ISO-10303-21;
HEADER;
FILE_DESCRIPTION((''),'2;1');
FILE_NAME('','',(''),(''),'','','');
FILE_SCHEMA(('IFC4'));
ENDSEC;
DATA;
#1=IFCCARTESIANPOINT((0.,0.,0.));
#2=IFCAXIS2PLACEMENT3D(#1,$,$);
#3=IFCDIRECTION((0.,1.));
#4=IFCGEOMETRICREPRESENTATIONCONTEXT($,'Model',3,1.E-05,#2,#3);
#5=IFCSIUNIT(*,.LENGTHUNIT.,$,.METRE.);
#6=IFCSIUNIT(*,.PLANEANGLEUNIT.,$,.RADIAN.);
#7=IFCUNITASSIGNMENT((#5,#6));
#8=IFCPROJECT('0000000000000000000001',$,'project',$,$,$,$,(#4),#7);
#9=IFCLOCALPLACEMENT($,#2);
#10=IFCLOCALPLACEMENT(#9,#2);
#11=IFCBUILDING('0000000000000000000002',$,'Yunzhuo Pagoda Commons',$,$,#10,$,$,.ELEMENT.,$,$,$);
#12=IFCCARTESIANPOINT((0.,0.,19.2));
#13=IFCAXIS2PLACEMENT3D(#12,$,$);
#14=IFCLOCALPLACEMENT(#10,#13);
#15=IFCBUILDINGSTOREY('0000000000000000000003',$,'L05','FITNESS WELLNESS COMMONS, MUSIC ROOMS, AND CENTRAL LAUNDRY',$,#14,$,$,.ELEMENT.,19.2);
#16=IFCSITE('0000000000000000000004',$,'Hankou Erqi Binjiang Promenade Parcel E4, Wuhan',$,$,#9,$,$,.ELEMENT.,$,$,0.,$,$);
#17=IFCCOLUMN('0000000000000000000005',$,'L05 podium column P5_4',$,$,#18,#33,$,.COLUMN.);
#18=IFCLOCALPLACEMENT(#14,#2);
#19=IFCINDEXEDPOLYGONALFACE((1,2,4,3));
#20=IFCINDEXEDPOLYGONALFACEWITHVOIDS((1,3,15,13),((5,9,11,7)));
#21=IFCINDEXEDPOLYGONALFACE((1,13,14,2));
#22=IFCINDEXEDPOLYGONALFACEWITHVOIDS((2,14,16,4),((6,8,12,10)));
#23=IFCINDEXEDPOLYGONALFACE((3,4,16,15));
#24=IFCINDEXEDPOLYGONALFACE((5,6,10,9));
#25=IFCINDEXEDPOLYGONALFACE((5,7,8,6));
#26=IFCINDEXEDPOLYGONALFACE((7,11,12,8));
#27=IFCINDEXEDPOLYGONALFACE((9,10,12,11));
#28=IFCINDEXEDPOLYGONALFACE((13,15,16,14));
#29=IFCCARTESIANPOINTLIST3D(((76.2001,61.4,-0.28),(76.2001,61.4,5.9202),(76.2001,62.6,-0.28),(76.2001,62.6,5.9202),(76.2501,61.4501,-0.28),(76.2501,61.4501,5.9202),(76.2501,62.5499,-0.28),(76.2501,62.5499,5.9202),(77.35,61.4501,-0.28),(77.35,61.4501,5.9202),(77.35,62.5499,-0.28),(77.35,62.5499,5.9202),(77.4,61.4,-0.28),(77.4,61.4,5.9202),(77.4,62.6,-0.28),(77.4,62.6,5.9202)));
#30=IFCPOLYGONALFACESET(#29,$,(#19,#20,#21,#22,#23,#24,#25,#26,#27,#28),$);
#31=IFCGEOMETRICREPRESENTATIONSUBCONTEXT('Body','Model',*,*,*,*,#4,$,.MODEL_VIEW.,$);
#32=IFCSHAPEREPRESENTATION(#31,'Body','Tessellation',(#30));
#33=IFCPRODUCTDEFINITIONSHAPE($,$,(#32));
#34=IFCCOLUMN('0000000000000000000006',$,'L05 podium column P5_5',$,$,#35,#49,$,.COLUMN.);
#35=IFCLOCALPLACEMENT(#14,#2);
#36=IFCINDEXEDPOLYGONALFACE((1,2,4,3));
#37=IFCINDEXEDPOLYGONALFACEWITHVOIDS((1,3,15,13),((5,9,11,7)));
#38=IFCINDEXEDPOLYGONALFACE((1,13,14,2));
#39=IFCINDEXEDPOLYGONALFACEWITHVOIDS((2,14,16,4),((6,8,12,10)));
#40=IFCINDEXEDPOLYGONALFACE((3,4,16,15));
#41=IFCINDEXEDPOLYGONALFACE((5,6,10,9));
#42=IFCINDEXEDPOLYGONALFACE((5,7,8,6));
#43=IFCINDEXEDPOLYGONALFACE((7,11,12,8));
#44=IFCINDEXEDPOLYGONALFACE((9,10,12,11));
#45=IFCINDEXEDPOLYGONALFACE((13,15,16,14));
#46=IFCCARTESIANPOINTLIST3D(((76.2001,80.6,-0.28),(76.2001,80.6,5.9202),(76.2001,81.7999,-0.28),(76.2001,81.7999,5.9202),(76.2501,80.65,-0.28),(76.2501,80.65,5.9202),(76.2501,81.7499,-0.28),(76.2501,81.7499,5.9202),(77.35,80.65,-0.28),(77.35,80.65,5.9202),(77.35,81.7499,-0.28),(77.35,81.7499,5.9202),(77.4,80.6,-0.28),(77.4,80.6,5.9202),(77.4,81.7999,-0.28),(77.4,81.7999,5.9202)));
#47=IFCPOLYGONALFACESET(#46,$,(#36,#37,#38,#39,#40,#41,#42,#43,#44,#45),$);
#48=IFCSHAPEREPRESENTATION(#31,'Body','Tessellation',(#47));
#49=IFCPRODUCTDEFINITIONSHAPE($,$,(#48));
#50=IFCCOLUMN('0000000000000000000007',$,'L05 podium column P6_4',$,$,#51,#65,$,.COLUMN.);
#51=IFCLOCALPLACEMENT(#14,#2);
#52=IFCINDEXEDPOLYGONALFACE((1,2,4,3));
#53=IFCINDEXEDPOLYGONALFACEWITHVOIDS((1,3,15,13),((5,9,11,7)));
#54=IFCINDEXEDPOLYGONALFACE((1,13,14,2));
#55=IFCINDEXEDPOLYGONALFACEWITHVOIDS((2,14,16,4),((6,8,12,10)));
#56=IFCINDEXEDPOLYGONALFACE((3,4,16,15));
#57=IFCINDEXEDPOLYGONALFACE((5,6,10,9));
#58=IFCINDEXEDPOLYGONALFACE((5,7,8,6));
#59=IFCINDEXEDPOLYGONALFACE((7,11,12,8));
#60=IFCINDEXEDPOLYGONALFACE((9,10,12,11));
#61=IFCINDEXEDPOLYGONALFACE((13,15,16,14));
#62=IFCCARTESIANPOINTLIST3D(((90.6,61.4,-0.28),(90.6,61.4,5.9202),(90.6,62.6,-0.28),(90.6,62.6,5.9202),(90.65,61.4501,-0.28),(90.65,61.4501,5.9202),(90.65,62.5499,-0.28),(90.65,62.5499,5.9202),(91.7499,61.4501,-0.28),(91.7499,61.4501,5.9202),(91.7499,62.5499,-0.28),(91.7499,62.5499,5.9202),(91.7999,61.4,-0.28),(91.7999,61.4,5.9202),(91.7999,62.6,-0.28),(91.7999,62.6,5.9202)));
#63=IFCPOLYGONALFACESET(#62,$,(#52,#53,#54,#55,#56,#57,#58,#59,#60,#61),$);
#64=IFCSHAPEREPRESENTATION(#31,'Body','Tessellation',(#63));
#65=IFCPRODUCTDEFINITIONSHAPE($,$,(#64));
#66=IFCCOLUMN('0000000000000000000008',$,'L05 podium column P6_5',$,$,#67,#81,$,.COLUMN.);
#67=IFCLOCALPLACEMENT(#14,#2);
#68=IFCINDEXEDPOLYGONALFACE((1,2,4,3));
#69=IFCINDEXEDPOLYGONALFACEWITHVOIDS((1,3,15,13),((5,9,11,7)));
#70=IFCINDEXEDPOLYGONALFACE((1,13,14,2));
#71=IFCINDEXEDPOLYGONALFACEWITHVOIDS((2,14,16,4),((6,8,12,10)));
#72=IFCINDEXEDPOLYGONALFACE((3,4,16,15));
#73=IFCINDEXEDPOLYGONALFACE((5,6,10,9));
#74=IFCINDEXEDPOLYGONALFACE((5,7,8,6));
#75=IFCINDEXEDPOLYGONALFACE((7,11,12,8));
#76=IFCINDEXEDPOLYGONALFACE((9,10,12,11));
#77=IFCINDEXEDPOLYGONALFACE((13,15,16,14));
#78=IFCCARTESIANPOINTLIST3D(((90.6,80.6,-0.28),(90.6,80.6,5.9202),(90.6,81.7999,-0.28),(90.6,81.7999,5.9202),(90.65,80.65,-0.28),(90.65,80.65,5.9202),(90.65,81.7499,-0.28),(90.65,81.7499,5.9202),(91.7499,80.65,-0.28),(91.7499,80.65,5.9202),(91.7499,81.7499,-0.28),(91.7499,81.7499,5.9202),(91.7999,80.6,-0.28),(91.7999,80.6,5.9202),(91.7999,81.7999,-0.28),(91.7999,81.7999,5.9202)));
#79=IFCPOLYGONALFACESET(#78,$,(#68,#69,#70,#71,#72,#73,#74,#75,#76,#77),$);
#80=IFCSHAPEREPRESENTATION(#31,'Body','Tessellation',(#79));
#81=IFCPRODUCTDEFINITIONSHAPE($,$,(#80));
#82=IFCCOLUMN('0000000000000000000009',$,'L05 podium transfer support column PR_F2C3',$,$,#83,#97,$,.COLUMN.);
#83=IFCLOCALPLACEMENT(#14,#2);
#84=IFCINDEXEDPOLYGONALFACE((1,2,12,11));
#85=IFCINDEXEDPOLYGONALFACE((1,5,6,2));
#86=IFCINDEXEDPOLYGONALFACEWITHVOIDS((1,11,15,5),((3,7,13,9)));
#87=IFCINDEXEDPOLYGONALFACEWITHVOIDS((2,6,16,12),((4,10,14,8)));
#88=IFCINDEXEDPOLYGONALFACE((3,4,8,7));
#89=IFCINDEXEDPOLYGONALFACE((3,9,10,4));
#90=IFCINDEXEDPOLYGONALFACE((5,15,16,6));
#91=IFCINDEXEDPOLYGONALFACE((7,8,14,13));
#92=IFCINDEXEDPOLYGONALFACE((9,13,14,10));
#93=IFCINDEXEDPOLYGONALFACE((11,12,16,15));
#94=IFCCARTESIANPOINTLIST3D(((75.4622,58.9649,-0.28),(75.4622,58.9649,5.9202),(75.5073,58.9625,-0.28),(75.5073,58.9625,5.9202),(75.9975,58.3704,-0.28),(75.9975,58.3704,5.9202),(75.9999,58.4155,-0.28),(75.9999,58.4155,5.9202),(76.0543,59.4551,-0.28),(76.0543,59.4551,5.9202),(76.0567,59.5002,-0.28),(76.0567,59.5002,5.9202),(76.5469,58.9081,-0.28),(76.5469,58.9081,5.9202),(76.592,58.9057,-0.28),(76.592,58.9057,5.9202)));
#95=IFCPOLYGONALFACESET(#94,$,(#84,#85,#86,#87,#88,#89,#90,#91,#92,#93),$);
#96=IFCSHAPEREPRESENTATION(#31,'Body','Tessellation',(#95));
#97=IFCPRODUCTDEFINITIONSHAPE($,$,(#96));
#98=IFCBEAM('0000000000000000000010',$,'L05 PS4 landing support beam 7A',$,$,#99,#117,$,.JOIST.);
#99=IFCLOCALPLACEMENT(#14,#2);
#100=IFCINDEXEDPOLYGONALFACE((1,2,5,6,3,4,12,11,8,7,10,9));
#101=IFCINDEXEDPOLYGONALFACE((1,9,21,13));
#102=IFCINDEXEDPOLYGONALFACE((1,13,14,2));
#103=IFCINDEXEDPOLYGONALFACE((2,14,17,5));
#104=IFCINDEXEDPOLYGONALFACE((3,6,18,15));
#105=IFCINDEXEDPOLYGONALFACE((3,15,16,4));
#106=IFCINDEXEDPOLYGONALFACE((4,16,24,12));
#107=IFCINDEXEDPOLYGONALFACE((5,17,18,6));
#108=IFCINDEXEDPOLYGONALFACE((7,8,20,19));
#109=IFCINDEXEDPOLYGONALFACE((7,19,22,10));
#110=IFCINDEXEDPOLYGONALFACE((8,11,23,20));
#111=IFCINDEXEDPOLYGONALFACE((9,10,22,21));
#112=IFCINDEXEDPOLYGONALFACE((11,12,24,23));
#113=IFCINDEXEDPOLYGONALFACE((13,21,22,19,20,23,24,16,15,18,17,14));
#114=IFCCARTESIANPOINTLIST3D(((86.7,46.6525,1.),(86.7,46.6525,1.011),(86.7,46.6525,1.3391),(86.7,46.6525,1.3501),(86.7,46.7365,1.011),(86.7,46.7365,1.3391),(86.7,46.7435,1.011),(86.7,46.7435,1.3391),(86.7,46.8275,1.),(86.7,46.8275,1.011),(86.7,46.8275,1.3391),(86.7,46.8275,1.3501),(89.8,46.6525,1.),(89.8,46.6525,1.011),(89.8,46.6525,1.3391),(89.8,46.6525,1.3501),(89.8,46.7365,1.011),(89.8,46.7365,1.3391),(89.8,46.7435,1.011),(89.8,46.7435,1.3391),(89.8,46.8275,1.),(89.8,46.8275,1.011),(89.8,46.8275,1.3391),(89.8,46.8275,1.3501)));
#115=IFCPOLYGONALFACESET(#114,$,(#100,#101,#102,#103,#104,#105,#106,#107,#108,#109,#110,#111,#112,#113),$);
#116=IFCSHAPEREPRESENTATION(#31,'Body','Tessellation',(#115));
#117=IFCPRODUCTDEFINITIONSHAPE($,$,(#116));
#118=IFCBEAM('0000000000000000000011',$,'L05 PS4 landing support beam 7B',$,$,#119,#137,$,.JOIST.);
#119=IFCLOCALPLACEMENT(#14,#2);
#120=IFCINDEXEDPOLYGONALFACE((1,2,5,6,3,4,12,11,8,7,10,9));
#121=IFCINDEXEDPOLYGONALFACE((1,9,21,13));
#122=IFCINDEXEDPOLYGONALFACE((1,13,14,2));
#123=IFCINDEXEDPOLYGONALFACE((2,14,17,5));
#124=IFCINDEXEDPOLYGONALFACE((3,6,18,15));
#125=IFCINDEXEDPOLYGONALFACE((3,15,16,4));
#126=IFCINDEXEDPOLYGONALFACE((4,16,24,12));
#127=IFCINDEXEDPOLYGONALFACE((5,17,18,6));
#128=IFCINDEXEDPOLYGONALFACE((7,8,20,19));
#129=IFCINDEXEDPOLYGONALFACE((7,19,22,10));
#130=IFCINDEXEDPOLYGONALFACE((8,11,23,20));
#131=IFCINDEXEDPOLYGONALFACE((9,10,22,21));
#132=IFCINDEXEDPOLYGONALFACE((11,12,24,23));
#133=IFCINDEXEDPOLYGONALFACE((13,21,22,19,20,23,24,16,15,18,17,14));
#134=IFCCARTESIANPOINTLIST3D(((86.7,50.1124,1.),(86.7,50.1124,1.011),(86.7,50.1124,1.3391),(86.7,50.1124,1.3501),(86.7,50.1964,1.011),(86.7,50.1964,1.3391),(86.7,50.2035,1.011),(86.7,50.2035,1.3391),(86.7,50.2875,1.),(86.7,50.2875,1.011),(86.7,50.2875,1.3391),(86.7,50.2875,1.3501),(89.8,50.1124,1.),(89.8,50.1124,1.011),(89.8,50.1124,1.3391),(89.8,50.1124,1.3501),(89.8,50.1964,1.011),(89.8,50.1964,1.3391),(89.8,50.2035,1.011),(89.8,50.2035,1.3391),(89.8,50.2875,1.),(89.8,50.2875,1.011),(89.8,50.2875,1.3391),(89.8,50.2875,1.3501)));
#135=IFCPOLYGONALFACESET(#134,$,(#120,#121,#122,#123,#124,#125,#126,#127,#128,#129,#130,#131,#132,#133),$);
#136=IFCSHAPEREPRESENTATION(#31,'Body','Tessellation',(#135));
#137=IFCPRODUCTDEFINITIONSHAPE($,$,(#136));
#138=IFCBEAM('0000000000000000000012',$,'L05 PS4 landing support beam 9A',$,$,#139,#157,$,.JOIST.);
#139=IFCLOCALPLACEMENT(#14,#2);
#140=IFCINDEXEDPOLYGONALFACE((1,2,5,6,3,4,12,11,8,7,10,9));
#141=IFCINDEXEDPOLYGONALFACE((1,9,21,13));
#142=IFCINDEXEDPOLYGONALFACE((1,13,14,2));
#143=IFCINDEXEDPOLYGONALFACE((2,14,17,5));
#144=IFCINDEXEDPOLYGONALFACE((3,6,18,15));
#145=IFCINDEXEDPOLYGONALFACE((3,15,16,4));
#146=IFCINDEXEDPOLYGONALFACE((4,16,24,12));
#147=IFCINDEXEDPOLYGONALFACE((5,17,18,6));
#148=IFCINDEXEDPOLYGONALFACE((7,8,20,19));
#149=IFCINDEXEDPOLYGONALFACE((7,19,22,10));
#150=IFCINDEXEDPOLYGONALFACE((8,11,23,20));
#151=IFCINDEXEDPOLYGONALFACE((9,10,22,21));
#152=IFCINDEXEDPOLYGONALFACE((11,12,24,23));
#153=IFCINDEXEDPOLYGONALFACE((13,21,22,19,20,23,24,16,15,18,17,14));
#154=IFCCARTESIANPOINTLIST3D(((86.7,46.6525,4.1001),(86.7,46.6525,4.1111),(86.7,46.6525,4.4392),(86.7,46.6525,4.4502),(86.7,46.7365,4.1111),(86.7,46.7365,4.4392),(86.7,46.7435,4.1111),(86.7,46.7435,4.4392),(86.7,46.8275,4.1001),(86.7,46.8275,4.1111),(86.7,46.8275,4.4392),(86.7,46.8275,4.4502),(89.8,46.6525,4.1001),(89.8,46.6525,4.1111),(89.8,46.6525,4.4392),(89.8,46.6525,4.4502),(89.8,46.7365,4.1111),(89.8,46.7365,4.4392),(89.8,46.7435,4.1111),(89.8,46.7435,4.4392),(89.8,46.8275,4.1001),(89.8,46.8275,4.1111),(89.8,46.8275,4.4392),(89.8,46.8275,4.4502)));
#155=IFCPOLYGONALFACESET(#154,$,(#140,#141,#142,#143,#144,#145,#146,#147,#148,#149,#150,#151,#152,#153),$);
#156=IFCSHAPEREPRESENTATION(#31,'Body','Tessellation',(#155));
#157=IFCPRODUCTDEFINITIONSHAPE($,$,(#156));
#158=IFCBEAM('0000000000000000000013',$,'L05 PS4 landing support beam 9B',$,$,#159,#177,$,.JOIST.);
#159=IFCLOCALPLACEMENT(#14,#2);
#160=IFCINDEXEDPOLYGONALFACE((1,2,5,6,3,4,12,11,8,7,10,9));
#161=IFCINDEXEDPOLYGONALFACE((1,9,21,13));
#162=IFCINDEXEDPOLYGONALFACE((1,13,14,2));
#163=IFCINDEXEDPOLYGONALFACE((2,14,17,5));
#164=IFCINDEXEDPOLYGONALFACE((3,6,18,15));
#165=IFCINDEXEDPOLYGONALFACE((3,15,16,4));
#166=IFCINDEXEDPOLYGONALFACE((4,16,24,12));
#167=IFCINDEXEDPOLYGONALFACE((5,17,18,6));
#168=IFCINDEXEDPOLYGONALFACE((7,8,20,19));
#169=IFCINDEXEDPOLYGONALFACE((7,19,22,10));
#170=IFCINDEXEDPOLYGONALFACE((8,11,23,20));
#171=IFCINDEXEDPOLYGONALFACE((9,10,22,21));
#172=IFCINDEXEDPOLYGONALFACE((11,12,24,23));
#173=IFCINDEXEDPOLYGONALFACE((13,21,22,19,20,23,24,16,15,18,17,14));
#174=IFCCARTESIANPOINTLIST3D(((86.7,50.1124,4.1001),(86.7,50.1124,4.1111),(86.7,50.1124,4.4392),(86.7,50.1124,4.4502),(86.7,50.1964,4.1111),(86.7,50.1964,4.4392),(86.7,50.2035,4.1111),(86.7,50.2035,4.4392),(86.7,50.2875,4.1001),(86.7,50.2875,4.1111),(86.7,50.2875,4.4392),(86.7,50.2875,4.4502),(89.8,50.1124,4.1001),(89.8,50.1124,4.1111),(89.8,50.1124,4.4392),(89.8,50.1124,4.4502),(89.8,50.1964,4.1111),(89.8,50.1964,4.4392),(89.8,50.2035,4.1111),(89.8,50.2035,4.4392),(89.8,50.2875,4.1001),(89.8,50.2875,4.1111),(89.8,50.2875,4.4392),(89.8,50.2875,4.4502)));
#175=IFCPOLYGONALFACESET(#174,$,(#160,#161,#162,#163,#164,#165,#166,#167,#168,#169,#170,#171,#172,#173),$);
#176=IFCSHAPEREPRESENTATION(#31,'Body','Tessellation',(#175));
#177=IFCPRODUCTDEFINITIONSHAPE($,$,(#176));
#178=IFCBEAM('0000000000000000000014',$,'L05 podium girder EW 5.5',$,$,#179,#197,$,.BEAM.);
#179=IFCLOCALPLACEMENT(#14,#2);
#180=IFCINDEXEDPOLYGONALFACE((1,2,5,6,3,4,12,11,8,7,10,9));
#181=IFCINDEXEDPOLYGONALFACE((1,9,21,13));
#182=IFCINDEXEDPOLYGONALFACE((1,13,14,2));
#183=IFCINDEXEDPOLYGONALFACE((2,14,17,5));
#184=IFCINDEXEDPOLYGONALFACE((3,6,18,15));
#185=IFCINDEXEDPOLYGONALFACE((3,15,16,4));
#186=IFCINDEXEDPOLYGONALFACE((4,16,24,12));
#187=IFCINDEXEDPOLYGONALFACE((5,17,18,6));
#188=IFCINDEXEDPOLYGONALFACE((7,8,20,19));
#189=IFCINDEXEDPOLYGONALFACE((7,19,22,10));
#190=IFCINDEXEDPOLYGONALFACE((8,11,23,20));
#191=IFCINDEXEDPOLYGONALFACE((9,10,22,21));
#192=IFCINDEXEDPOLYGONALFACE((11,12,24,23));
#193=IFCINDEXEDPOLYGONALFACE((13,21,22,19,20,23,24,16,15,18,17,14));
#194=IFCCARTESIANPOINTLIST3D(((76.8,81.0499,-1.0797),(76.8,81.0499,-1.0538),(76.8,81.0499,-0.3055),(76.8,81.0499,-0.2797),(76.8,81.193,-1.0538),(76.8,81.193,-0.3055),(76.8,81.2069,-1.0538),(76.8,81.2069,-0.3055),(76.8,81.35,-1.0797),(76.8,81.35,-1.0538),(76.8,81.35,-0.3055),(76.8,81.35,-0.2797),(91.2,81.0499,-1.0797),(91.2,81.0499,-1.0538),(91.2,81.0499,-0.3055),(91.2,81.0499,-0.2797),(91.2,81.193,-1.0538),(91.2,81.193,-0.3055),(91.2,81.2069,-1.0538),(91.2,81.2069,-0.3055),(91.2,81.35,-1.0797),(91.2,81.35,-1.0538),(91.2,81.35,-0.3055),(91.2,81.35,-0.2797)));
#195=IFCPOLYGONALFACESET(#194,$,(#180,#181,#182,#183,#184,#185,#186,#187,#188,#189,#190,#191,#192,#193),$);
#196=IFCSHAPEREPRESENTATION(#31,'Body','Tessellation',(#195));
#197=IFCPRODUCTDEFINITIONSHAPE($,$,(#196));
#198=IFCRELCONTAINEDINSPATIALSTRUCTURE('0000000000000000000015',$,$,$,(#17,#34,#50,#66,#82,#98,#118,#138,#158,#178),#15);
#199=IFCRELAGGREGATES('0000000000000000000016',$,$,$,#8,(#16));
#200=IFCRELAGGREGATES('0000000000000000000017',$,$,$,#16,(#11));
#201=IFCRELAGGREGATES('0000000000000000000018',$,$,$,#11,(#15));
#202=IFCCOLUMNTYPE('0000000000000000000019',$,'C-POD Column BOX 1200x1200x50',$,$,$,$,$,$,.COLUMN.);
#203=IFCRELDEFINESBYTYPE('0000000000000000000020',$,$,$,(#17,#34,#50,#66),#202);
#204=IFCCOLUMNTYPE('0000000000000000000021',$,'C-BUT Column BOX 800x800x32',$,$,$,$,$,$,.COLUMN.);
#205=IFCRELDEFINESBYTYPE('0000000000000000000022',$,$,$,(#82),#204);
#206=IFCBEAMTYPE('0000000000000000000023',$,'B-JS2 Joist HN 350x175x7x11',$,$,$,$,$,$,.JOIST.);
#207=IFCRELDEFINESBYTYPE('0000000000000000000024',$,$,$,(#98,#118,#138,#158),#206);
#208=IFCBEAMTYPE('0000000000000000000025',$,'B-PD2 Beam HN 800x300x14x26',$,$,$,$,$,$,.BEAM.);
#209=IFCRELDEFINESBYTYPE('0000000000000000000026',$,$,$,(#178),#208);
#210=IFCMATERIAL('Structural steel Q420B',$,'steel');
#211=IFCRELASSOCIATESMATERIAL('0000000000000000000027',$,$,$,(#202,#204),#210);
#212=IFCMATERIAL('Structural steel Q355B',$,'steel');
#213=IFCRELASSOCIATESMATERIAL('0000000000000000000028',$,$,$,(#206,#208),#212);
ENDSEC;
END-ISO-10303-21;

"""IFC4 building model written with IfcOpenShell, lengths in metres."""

from ifc_helpers import new_model, si_unit, direction, frame, origin, origin_2d, place, context, subcontext, project, spatial, hollow_rectangle, i_section, extrude, source, transform, mapped, material, material_profile, profile_set, type_object, element, save


model = new_model("IFC4")

# Units and contexts
model_context = context("Model", 3, precision=1e-05, world=origin(), true_north=direction((0.0, 1.0)))
body_context = subcontext(model_context, "Body", "Model", "MODEL_VIEW")
ifc_project = project(units=[si_unit("LENGTHUNIT", "METRE"), si_unit("PLANEANGLEUNIT", "RADIAN")], contexts=[model_context])

# Site, building, storey
site_placement = place(None, origin())
site = spatial("IfcSite", under=ifc_project, at=site_placement, Name="Hankou Erqi Binjiang Promenade Parcel E4, Wuhan", CompositionType="ELEMENT", RefElevation=0.0)
building_placement = place(site_placement, origin())
building = spatial("IfcBuilding", under=site, at=building_placement, Name="Yunzhuo Pagoda Commons", CompositionType="ELEMENT")
storey_placement = place(building_placement, frame((0.0, 0.0, 19.2)))
storey = spatial("IfcBuildingStorey", under=building, at=storey_placement, Name="L05", Description="FITNESS WELLNESS COMMONS, MUSIC ROOMS, AND CENTRAL LAUNDRY", CompositionType="ELEMENT", Elevation=19.2)

# Columns
ifc_material_1 = material(Name="Structural steel Q420B", Category="steel")
ifc_material_profile_1 = material_profile(ifc_material_1, hollow_rectangle(XDim=1.2, YDim=1.2, WallThickness=0.05, at=origin_2d()), Name="Structural steel Q420B")
ifc_profile_set_1 = profile_set([ifc_material_profile_1], Name="Structural steel Q420B")
column_type_1 = type_object("IfcColumnType", Name="C-POD Column BOX 1200x1200x50", PredefinedType="COLUMN", material=ifc_profile_set_1)
shared_shape_1 = source(origin(), body_context, "Body", "SweptSolid", [
    extrude(hollow_rectangle(XDim=1.2, YDim=1.2, WallThickness=0.05, at=origin_2d()), origin(), (0.0, 0.0, 1.0), 6.2002),
])
for number, where, z_axis, x_axis, name in (
    (1, (76.8, 62.0, -0.28), (0.0, 0.0, 1.0), (1.0, 0.0, 0.0), "L05 podium column P5_4"),
    (2, (76.8, 81.2, -0.28), (0.0, 0.0, 1.0), (1.0, 0.0, 0.0), "L05 podium column P5_5"),
    (3, (91.2, 62.0, -0.28), (0.0, 0.0, 1.0), (1.0, 0.0, 0.0), "L05 podium column P6_4"),
    (4, (91.2, 81.2, -0.28), (0.0, 0.0, 1.0), (1.0, 0.0, 0.0), "L05 podium column P6_5"),
):
    element("IfcColumn", number, at=place(storey_placement, frame(where, z_axis=z_axis, x_axis=x_axis)), inside=storey, type_object=column_type_1, Name=name, PredefinedType="COLUMN", context=body_context, shape_type="MappedRepresentation", body=[
        mapped(shared_shape_1, transform((0.0, 0.0, 0.0), scale=1.0)),
    ])
ifc_material_profile_2 = material_profile(ifc_material_1, hollow_rectangle(XDim=0.8, YDim=0.8, WallThickness=0.032, at=origin_2d()), Name="Structural steel Q420B")
ifc_profile_set_2 = profile_set([ifc_material_profile_2], Name="Structural steel Q420B")
column_type_2 = type_object("IfcColumnType", Name="C-BUT Column BOX 800x800x32", PredefinedType="COLUMN", material=ifc_profile_set_2)
shared_shape_2 = source(origin(), body_context, "Body", "SweptSolid", [
    extrude(hollow_rectangle(XDim=0.8, YDim=0.8, WallThickness=0.032, at=origin_2d()), origin(), (0.0, 0.0, 1.0), 6.2002),
])
column_placement = place(storey_placement, frame((76.0271, 58.9353, -0.28), z_axis=(0.0, 0.0, 1.0), x_axis=(-0.669131, 0.743145, 0.0)))
element("IfcColumn", 5, at=column_placement, inside=storey, type_object=column_type_2, Name="L05 podium transfer support column PR_F2C3", PredefinedType="COLUMN", context=body_context, shape_type="MappedRepresentation", body=[
    mapped(shared_shape_2, transform((0.0, 0.0, 0.0), scale=1.0)),
])

# Beams
ifc_material_2 = material(Name="Structural steel Q355B", Category="steel")
ifc_material_profile_3 = material_profile(ifc_material_2, i_section(OverallWidth=0.175, OverallDepth=0.3501, WebThickness=0.0071, FlangeThickness=0.011, at=origin_2d()), Name="Structural steel Q355B")
ifc_profile_set_3 = profile_set([ifc_material_profile_3], Name="Structural steel Q355B")
beam_type_1 = type_object("IfcBeamType", Name="B-JS2 Joist HN 350x175x7x11", PredefinedType="JOIST", material=ifc_profile_set_3)
shared_shape_3 = source(origin(), body_context, "Body", "SweptSolid", [
    extrude(i_section(OverallWidth=0.175, OverallDepth=0.3501, WebThickness=0.0071, FlangeThickness=0.011, at=origin_2d()), origin(), (0.0, 0.0, 1.0), 3.1001),
])
for number, where, z_axis, x_axis, name in (
    (6, (86.7, 46.74, 1.175), (1.0, 0.0, 0.0), (0.0, 1.0, 0.0), "L05 PS4 landing support beam 7A"),
    (7, (86.7, 50.2, 1.175), (1.0, 0.0, 0.0), (0.0, 1.0, 0.0), "L05 PS4 landing support beam 7B"),
    (8, (86.7, 46.74, 4.2751), (1.0, 0.0, 0.0), (0.0, 1.0, 0.0), "L05 PS4 landing support beam 9A"),
    (9, (86.7, 50.2, 4.2751), (1.0, 0.0, 0.0), (0.0, 1.0, 0.0), "L05 PS4 landing support beam 9B"),
):
    element("IfcBeam", number, at=place(storey_placement, frame(where, z_axis=z_axis, x_axis=x_axis)), inside=storey, type_object=beam_type_1, Name=name, PredefinedType="JOIST", context=body_context, shape_type="MappedRepresentation", body=[
        mapped(shared_shape_3, transform((0.0, 0.0, 0.0), scale=1.0)),
    ])
ifc_material_profile_4 = material_profile(ifc_material_2, i_section(OverallWidth=0.3, OverallDepth=0.8, WebThickness=0.0139, FlangeThickness=0.0259, at=origin_2d()), Name="Structural steel Q355B")
ifc_profile_set_4 = profile_set([ifc_material_profile_4], Name="Structural steel Q355B")
beam_type_2 = type_object("IfcBeamType", Name="B-PD2 Beam HN 800x300x14x26", PredefinedType="BEAM", material=ifc_profile_set_4)
shared_shape_4 = source(origin(), body_context, "Body", "SweptSolid", [
    extrude(i_section(OverallWidth=0.3, OverallDepth=0.8, WebThickness=0.0139, FlangeThickness=0.0259, at=origin_2d()), origin(), (0.0, 0.0, 1.0), 14.3999),
])
beam_1_placement = place(storey_placement, frame((76.8, 81.2, -0.6797), z_axis=(1.0, 0.0, 0.0), x_axis=(0.0, 1.0, 0.0)))
element("IfcBeam", 10, at=beam_1_placement, inside=storey, type_object=beam_type_2, Name="L05 podium girder EW 5.5", PredefinedType="BEAM", context=body_context, shape_type="MappedRepresentation", body=[
    mapped(shared_shape_4, transform((0.0, 0.0, 0.0), scale=1.0)),
])

save(model, "model.ifc")
